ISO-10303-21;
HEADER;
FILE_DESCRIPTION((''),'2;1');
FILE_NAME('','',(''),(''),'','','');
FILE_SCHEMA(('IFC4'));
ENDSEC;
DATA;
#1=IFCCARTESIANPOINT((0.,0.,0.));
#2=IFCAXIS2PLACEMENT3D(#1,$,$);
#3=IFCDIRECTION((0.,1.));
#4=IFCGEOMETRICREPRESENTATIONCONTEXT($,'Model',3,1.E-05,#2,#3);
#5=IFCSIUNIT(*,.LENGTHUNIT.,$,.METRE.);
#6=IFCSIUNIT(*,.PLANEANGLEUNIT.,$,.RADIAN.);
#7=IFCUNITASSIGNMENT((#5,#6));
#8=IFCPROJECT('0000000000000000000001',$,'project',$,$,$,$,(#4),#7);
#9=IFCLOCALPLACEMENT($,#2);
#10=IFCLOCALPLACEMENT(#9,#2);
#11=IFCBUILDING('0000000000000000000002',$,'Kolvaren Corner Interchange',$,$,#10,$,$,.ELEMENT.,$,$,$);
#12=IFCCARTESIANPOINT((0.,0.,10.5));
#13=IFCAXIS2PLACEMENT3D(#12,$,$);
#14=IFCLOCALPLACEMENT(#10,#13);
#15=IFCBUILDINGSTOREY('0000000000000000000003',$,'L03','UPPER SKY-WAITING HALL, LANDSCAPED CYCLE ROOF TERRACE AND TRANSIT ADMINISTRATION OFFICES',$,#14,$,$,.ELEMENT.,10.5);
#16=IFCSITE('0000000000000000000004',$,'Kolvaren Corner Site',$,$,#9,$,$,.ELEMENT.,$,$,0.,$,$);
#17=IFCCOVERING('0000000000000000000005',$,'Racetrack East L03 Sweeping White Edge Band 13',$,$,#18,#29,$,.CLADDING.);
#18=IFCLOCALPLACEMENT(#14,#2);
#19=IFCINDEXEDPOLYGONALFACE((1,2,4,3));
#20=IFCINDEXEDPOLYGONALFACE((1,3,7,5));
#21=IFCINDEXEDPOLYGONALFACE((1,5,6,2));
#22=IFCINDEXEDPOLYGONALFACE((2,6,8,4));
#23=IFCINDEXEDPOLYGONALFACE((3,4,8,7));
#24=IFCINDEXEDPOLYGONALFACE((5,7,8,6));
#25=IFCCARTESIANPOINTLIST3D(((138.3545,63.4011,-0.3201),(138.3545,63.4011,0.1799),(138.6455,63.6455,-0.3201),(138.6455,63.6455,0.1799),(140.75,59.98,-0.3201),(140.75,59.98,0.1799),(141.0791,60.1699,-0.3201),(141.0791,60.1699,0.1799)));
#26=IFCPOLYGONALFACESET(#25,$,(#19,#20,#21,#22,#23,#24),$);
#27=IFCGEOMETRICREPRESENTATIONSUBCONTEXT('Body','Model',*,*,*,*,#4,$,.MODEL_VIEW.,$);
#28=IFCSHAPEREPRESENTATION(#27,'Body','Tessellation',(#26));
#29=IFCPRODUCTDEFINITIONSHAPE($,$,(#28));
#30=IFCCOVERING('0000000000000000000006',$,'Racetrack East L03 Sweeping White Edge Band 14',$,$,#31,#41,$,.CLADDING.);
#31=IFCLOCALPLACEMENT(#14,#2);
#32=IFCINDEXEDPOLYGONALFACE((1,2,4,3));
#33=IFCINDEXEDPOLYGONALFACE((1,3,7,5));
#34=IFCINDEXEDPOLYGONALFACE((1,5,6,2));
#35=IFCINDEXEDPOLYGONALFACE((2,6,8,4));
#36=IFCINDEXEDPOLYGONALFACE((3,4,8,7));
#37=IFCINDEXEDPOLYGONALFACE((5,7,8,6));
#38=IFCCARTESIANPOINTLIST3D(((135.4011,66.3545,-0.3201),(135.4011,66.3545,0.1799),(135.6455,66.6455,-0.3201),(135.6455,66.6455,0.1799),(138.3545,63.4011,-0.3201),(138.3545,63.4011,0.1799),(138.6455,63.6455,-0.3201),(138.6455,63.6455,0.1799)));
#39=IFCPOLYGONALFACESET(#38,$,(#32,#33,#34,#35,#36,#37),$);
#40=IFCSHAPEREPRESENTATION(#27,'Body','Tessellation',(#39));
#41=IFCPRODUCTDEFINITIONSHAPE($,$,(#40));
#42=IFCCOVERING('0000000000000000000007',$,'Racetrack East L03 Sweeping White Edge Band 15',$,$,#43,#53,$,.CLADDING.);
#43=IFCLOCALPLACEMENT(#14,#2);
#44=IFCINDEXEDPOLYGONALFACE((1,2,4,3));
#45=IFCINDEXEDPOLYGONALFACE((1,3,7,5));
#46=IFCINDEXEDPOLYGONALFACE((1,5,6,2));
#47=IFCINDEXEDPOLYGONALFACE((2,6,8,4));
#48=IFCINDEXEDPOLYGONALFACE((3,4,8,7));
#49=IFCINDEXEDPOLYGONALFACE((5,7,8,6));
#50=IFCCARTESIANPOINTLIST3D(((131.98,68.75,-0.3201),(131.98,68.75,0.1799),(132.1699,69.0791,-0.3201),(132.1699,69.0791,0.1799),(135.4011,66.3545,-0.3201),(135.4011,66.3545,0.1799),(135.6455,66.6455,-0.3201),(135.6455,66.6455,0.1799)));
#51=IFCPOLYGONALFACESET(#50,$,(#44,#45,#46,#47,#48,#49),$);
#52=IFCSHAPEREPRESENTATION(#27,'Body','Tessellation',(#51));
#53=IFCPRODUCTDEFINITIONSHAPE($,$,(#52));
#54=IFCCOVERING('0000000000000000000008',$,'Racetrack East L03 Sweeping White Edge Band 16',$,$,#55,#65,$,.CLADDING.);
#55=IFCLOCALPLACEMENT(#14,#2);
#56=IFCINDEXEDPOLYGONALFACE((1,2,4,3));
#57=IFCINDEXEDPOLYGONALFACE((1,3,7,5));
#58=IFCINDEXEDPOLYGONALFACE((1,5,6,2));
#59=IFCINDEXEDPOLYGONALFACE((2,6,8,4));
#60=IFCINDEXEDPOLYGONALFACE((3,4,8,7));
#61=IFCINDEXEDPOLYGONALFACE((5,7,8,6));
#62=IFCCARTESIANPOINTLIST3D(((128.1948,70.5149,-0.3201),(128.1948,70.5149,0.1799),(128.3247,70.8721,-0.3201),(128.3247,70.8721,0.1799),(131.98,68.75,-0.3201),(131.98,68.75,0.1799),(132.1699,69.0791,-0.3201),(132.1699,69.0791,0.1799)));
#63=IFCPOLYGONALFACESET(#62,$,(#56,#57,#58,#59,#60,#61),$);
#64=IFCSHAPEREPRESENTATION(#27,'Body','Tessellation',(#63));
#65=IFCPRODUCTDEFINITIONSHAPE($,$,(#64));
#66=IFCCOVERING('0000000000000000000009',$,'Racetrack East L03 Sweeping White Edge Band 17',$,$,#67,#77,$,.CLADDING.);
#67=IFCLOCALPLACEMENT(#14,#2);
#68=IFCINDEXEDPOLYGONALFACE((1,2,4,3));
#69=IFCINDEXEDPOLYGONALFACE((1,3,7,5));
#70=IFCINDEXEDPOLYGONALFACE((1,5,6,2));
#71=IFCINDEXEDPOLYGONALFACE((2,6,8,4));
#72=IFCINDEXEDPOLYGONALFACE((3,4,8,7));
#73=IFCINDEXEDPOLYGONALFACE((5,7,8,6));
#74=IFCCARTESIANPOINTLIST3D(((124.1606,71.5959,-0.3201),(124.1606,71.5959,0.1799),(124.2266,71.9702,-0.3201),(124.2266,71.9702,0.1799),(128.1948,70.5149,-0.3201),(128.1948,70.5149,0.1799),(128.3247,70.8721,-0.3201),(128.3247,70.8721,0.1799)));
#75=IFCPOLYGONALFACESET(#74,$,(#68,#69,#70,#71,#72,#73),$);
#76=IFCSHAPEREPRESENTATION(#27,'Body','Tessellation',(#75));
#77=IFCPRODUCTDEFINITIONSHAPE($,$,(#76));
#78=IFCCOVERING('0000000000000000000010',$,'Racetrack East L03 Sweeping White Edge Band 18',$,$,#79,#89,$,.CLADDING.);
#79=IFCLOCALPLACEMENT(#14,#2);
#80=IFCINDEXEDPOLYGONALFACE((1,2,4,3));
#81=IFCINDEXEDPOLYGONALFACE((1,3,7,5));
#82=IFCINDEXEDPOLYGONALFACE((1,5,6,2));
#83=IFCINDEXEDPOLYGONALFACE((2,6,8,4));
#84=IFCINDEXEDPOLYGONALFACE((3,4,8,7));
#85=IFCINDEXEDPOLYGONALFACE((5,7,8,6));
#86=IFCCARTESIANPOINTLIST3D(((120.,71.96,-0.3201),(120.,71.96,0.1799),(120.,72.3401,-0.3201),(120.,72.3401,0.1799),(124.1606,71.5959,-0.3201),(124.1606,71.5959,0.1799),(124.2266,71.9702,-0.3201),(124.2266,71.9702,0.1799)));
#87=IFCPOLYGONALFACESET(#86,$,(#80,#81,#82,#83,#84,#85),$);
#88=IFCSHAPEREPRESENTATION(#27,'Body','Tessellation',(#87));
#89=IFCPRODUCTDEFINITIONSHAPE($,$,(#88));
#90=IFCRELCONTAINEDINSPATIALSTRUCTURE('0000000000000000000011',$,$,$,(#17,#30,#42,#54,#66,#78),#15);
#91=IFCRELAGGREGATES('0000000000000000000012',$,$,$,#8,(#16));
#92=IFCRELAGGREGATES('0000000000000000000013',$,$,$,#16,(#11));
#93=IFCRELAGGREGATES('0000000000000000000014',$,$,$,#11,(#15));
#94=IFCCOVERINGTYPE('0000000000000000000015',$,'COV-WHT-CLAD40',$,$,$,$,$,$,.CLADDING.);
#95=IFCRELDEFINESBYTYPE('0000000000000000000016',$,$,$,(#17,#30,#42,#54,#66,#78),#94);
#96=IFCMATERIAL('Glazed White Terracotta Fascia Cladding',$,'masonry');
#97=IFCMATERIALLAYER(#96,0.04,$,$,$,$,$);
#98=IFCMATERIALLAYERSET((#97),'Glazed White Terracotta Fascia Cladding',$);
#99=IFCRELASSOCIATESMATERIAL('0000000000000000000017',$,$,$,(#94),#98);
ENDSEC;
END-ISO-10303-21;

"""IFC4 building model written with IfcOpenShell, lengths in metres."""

from ifc_helpers import new_model, si_unit, direction, frame, origin, place, context, subcontext, project, spatial, polyline, outline, extrude, material, layer, layer_set, type_object, element, save


model = new_model("IFC4")

# Units and contexts
model_context = context("Model", 3, precision=1e-05, world=origin(), true_north=direction((0.0, 1.0)))
body_context = subcontext(model_context, "Body", "Model", "MODEL_VIEW")
ifc_project = project(units=[si_unit("LENGTHUNIT", "METRE"), si_unit("PLANEANGLEUNIT", "RADIAN")], contexts=[model_context])

# Site, building, storey
site_placement = place(None, origin())
site = spatial("IfcSite", under=ifc_project, at=site_placement, Name="Kolvaren Corner Site", CompositionType="ELEMENT", RefElevation=0.0)
building_placement = place(site_placement, origin())
building = spatial("IfcBuilding", under=site, at=building_placement, Name="Kolvaren Corner Interchange", CompositionType="ELEMENT")
storey_placement = place(building_placement, frame((0.0, 0.0, 10.5)))
storey = spatial("IfcBuildingStorey", under=building, at=storey_placement, Name="L03", Description="UPPER SKY-WAITING HALL, LANDSCAPED CYCLE ROOF TERRACE AND TRANSIT ADMINISTRATION OFFICES", CompositionType="ELEMENT", Elevation=10.5)

# Coverings
ifc_material_1 = material(Name="Glazed White Terracotta Fascia Cladding", Category="masonry")
ifc_layer_1 = layer(ifc_material_1, 0.04)
ifc_layer_set_1 = layer_set([ifc_layer_1], Name="Glazed White Terracotta Fascia Cladding")
covering_type = type_object("IfcCoveringType", Name="COV-WHT-CLAD40", PredefinedType="CLADDING", material=ifc_layer_set_1)
covering_1_placement = place(storey_placement, frame((0.0, 0.0, -0.3201)))
element("IfcCovering", 1, at=covering_1_placement, inside=storey, type_object=covering_type, Name="Racetrack East L03 Sweeping White Edge Band 13", PredefinedType="CLADDING", context=body_context, shape_type="SweptSolid", body=[
    extrude(outline(polyline([(140.75, 59.98), (141.0791, 60.1699), (138.6455, 63.6455), (138.3545, 63.4011), (140.75, 59.98)])), origin(), (0.0, 0.0, 1.0), 0.5),
])
covering_2_placement = place(storey_placement, frame((0.0, 0.0, -0.3201)))
element("IfcCovering", 2, at=covering_2_placement, inside=storey, type_object=covering_type, Name="Racetrack East L03 Sweeping White Edge Band 14", PredefinedType="CLADDING", context=body_context, shape_type="SweptSolid", body=[
    extrude(outline(polyline([(138.3545, 63.4011), (138.6455, 63.6455), (135.6455, 66.6455), (135.4011, 66.3545), (138.3545, 63.4011)])), origin(), (0.0, 0.0, 1.0), 0.5),
])
covering_3_placement = place(storey_placement, frame((0.0, 0.0, -0.3201)))
element("IfcCovering", 3, at=covering_3_placement, inside=storey, type_object=covering_type, Name="Racetrack East L03 Sweeping White Edge Band 15", PredefinedType="CLADDING", context=body_context, shape_type="SweptSolid", body=[
    extrude(outline(polyline([(135.4011, 66.3545), (135.6455, 66.6455), (132.1699, 69.0791), (131.98, 68.75), (135.4011, 66.3545)])), origin(), (0.0, 0.0, 1.0), 0.5),
])
covering_4_placement = place(storey_placement, frame((0.0, 0.0, -0.3201)))
element("IfcCovering", 4, at=covering_4_placement, inside=storey, type_object=covering_type, Name="Racetrack East L03 Sweeping White Edge Band 16", PredefinedType="CLADDING", context=body_context, shape_type="SweptSolid", body=[
    extrude(outline(polyline([(131.98, 68.75), (132.1699, 69.0791), (128.3247, 70.8721), (128.1948, 70.5149), (131.98, 68.75)])), origin(), (0.0, 0.0, 1.0), 0.5),
])
covering_5_placement = place(storey_placement, frame((0.0, 0.0, -0.3201)))
element("IfcCovering", 5, at=covering_5_placement, inside=storey, type_object=covering_type, Name="Racetrack East L03 Sweeping White Edge Band 17", PredefinedType="CLADDING", context=body_context, shape_type="SweptSolid", body=[
    extrude(outline(polyline([(128.1948, 70.5149), (128.3247, 70.8721), (124.2266, 71.9702), (124.1606, 71.5959), (128.1948, 70.5149)])), origin(), (0.0, 0.0, 1.0), 0.5),
])
covering_6_placement = place(storey_placement, frame((0.0, 0.0, -0.3201)))
element("IfcCovering", 6, at=covering_6_placement, inside=storey, type_object=covering_type, Name="Racetrack East L03 Sweeping White Edge Band 18", PredefinedType="CLADDING", context=body_context, shape_type="SweptSolid", body=[
    extrude(outline(polyline([(124.1606, 71.5959), (124.2266, 71.9702), (120.0, 72.3401), (120.0, 71.96), (124.1606, 71.5959)])), origin(), (0.0, 0.0, 1.0), 0.5),
])

save(model, "model.ifc")
